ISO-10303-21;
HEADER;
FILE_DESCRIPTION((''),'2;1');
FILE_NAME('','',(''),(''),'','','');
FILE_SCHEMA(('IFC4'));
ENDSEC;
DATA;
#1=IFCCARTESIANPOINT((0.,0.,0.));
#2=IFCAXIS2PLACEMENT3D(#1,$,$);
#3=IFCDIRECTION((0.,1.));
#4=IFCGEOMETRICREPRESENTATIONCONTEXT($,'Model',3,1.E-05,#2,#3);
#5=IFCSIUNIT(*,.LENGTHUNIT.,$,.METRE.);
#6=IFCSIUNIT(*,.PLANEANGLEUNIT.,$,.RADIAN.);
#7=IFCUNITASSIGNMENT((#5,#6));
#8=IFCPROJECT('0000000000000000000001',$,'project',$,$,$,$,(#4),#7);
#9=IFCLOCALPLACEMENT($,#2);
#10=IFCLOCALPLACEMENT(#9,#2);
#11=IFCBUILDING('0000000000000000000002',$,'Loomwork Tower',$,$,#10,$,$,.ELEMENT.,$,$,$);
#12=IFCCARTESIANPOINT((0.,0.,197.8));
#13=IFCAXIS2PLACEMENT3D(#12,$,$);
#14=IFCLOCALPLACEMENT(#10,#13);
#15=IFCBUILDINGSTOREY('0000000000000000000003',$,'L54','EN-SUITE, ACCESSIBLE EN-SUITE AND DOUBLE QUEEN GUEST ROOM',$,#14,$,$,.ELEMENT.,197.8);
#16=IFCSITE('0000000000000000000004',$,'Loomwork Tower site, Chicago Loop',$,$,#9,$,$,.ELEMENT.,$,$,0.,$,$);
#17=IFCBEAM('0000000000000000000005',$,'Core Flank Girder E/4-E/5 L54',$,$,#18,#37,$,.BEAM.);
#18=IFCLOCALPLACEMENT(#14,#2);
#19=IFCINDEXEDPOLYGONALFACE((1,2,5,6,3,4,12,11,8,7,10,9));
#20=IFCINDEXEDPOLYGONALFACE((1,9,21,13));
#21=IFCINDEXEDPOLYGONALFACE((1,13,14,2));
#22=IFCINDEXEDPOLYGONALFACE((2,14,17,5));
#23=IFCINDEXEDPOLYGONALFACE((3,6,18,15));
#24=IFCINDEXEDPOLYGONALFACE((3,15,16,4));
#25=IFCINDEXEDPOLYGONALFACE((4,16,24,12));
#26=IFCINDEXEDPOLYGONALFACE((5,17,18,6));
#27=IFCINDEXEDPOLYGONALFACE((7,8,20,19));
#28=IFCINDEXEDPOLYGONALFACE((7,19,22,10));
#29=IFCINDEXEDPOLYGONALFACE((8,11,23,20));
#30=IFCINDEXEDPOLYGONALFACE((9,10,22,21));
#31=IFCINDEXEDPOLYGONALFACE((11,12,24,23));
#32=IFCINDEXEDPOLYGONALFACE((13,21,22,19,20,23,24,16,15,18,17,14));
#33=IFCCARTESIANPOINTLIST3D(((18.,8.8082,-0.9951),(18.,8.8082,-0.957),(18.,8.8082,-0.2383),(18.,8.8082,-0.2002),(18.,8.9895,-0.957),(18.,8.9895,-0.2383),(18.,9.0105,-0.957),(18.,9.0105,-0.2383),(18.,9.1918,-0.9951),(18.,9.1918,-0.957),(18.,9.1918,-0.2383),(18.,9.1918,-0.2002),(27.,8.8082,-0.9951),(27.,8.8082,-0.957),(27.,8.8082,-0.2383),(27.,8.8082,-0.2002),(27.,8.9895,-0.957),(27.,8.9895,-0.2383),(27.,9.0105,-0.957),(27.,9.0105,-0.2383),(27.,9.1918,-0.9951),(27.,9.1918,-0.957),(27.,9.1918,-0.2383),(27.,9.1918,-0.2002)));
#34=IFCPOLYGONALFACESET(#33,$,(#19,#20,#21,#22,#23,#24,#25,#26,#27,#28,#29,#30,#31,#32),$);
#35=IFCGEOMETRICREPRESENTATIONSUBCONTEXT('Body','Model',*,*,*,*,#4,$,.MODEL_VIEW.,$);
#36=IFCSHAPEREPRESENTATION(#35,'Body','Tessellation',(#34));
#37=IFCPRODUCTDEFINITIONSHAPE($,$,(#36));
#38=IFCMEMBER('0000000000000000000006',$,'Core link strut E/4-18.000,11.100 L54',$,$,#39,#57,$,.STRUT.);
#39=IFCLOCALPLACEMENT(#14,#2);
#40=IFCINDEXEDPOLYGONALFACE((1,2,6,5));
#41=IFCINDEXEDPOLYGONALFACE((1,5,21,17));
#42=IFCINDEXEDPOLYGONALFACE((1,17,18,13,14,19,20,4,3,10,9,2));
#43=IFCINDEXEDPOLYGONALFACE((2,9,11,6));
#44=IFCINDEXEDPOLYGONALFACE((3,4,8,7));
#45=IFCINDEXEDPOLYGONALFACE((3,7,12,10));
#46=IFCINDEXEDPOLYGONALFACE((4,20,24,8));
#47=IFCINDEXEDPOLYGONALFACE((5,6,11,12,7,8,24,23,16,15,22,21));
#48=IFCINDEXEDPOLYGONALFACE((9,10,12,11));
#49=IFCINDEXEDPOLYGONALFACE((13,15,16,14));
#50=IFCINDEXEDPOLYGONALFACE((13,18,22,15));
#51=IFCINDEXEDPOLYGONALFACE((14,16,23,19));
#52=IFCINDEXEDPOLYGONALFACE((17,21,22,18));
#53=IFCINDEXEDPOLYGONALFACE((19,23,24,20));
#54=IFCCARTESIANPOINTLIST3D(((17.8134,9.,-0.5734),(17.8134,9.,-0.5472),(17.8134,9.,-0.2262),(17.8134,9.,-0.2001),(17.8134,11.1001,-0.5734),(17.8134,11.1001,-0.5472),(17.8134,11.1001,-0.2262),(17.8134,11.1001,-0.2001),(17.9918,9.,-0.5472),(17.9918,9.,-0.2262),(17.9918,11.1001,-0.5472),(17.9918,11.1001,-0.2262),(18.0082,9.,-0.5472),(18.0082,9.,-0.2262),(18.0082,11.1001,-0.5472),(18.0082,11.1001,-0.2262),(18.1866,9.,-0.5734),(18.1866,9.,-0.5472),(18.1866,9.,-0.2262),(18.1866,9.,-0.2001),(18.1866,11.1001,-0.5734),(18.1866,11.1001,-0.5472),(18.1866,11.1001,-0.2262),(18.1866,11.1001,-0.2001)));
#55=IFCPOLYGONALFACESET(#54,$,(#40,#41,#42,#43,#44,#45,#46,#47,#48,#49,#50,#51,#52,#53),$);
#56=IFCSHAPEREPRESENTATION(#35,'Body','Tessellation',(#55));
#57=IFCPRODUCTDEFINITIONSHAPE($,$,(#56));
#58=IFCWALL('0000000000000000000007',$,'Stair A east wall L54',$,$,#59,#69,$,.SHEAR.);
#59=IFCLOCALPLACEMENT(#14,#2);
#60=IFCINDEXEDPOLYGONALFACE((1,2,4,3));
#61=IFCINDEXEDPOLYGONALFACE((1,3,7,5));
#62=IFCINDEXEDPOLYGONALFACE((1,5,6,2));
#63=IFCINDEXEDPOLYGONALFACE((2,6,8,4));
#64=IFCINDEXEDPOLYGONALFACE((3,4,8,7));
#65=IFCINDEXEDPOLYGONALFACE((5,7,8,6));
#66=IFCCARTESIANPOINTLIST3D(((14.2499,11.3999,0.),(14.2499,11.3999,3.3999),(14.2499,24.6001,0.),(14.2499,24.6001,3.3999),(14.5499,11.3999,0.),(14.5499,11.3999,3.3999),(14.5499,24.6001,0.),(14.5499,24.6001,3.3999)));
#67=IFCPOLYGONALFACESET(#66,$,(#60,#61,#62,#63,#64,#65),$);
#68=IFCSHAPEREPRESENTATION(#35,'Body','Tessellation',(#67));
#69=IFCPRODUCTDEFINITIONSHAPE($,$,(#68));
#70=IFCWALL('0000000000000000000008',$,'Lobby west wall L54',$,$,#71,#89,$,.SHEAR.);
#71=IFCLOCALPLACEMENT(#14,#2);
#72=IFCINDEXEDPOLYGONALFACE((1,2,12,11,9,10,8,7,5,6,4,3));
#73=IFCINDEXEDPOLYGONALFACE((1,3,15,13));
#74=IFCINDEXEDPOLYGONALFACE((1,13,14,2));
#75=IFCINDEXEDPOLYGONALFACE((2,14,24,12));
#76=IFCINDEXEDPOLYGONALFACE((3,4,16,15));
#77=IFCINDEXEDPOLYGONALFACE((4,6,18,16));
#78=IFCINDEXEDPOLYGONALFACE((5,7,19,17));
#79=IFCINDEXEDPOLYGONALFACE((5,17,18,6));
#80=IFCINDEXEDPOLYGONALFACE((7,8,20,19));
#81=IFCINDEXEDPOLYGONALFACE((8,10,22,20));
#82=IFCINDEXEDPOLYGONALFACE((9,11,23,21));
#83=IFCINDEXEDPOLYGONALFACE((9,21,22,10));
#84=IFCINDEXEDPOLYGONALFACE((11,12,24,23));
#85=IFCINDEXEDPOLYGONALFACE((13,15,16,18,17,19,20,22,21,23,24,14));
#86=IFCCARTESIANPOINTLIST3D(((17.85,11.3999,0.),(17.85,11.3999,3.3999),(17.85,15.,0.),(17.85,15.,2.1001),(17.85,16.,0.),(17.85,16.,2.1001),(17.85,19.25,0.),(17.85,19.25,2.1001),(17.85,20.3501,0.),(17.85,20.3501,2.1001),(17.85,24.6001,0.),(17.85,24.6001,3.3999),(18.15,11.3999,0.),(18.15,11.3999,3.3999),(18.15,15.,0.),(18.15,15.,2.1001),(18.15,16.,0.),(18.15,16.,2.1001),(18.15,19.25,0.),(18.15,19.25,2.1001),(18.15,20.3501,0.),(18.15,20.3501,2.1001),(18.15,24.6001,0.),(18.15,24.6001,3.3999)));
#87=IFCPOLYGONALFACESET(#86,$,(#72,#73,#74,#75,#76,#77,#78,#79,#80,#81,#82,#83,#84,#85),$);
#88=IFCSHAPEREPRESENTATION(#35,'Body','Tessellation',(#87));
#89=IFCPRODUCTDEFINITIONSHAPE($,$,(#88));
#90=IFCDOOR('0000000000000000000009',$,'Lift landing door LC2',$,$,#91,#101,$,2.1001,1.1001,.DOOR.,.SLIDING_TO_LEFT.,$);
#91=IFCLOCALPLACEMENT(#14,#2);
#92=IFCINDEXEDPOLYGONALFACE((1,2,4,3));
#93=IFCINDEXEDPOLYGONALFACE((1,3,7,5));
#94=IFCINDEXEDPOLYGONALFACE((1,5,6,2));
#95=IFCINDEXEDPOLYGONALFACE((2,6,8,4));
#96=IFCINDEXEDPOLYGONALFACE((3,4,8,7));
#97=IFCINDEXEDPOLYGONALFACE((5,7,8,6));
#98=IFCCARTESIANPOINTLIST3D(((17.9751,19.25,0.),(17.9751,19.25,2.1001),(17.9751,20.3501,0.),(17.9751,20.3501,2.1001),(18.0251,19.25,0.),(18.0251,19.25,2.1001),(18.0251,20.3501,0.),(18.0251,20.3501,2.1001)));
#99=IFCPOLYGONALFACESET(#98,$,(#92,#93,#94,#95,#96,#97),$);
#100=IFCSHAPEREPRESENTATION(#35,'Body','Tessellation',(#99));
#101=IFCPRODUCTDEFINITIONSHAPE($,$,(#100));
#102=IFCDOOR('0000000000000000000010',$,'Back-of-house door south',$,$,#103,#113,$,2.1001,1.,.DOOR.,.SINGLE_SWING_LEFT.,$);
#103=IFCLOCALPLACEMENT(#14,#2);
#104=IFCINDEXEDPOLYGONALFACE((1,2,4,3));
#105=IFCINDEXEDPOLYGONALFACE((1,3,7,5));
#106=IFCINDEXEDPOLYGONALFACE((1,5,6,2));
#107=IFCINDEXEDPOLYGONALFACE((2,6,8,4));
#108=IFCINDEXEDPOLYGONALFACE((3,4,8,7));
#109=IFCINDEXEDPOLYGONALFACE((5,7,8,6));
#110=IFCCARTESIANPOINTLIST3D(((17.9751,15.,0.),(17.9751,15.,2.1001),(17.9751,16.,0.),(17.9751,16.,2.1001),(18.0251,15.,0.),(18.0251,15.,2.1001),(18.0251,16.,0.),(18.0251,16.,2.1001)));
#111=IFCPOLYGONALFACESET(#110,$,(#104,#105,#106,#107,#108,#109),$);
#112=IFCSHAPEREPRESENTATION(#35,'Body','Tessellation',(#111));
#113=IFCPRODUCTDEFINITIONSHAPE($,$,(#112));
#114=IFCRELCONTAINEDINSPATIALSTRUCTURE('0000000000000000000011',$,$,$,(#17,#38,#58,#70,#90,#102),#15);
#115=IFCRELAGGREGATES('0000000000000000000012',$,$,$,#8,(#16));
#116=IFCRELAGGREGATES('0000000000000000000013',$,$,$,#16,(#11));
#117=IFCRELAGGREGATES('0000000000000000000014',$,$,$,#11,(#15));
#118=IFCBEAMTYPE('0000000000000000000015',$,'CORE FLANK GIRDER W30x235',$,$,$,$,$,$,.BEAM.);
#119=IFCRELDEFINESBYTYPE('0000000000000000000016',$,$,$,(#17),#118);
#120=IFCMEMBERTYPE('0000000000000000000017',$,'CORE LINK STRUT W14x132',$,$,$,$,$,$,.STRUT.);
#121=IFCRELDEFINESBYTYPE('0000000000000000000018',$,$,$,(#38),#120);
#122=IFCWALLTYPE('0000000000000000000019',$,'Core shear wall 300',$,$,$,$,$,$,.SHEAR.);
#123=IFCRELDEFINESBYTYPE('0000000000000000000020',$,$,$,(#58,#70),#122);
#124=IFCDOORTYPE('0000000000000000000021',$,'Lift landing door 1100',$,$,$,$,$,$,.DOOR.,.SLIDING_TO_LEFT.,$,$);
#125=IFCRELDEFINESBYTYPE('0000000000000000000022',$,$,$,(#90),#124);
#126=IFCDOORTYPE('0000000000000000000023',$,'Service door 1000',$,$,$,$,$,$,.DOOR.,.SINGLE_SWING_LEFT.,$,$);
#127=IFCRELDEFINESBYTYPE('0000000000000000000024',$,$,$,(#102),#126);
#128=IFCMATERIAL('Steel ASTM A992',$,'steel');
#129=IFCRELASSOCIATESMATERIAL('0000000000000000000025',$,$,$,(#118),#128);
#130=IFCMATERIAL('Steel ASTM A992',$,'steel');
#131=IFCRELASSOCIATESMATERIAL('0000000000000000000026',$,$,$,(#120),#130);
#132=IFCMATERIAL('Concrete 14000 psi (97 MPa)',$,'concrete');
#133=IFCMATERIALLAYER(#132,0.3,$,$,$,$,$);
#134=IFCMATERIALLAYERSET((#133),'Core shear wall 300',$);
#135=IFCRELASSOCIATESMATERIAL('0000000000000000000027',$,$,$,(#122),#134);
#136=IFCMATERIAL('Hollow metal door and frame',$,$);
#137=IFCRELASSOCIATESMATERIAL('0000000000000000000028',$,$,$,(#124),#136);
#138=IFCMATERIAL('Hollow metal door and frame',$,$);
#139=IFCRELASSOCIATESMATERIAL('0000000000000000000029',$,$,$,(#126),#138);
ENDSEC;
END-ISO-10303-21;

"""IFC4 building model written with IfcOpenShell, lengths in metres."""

from ifc_helpers import new_model, si_unit, direction, frame, frame_2d, origin, origin_2d, place, context, subcontext, project, spatial, rectangle, i_section, extrude, material, layer, layer_set, material_profile, profile_set, type_object, element, fill, save


model = new_model("IFC4")

# Units and contexts
model_context = context("Model", 3, precision=1e-05, world=origin(), true_north=direction((0.0, 1.0)))
body_context = subcontext(model_context, "Body", "Model", "MODEL_VIEW")
ifc_project = project(units=[si_unit("LENGTHUNIT", "METRE"), si_unit("PLANEANGLEUNIT", "RADIAN")], contexts=[model_context])

# Site, building, storey
site_placement = place(None, origin())
site = spatial("IfcSite", under=ifc_project, at=site_placement, Name="Loomwork Tower site, Chicago Loop", CompositionType="ELEMENT", RefElevation=0.0)
building_placement = place(site_placement, origin())
building = spatial("IfcBuilding", under=site, at=building_placement, Name="Loomwork Tower", CompositionType="ELEMENT")
storey_placement = place(building_placement, frame((0.0, 0.0, 197.8)))
storey = spatial("IfcBuildingStorey", under=building, at=storey_placement, Name="L54", Description="EN-SUITE, ACCESSIBLE EN-SUITE AND DOUBLE QUEEN GUEST ROOM", CompositionType="ELEMENT", Elevation=197.8)

# Beam
ifc_material_1 = material(Name="Steel ASTM A992", Category="steel")
ifc_material_profile_1 = material_profile(ifc_material_1, i_section(OverallWidth=0.3835, OverallDepth=0.7949, WebThickness=0.021, FlangeThickness=0.0381, at=origin_2d()), Name="W30x235")
ifc_profile_set_1 = profile_set([ifc_material_profile_1], Name="Steel ASTM A992")
beam_type = type_object("IfcBeamType", Name="CORE FLANK GIRDER W30x235", PredefinedType="BEAM", material=ifc_profile_set_1)
beam_placement = place(storey_placement, frame((18.0, 9.0, -0.5977), z_axis=(1.0, 0.0, 0.0), x_axis=(0.0, 1.0, 0.0)))
element("IfcBeam", 1, at=beam_placement, inside=storey, type_object=beam_type, Name="Core Flank Girder E/4-E/5 L54", PredefinedType="BEAM", context=body_context, shape_type="SweptSolid", body=[
    extrude(i_section(OverallWidth=0.3835, OverallDepth=0.7949, WebThickness=0.021, FlangeThickness=0.0381, at=origin_2d()), origin(), (0.0, 0.0, 1.0), 9.0),
])

# Member
ifc_material_2 = material(Name="Steel ASTM A992", Category="steel")
ifc_material_profile_2 = material_profile(ifc_material_2, i_section(OverallWidth=0.3733, OverallDepth=0.3733, WebThickness=0.0164, FlangeThickness=0.0261, at=origin_2d()), Name="W14x132")
ifc_profile_set_2 = profile_set([ifc_material_profile_2], Name="Steel ASTM A992")
member_type = type_object("IfcMemberType", Name="CORE LINK STRUT W14x132", PredefinedType="STRUT", material=ifc_profile_set_2)
member_placement = place(storey_placement, frame((18.0, 9.0, -0.3867), z_axis=(0.0, 1.0, 0.0), x_axis=(-1.0, 0.0, 0.0)))
element("IfcMember", 2, at=member_placement, inside=storey, type_object=member_type, Name="Core link strut E/4-18.000,11.100 L54", PredefinedType="STRUT", context=body_context, shape_type="SweptSolid", body=[
    extrude(i_section(OverallWidth=0.3733, OverallDepth=0.3733, WebThickness=0.0164, FlangeThickness=0.0261, at=origin_2d()), origin(), (0.0, 0.0, 1.0), 2.1001),
])

# Wall
ifc_material_3 = material(Name="Concrete 14000 psi (97 MPa)", Category="concrete")
ifc_layer_1 = layer(ifc_material_3, 0.3)
ifc_layer_set_1 = layer_set([ifc_layer_1], Name="Core shear wall 300")
wall_type_1 = type_object("IfcWallType", Name="Core shear wall 300", PredefinedType="SHEAR", material=ifc_layer_set_1)
wall_1_placement = place(storey_placement, frame((14.3999, 11.3999, 0.0), z_axis=(0.0, 0.0, 1.0), x_axis=(0.0, 1.0, 0.0)))
element("IfcWall", 3, at=wall_1_placement, inside=storey, type_object=wall_type_1, Name="Stair A east wall L54", PredefinedType="SHEAR", context=body_context, shape_type="SweptSolid", body=[
    extrude(rectangle(XDim=13.2002, YDim=0.3, at=frame_2d((6.6001, 0.0))), origin(), (0.0, 0.0, 1.0), 3.3999),
])

# Wall, openings, doors
wall_2_placement = place(storey_placement, frame((18.0, 11.3999, 0.0), z_axis=(0.0, 0.0, 1.0), x_axis=(0.0, 1.0, 0.0)))
wall_2 = element("IfcWall", 4, at=wall_2_placement, inside=storey, type_object=wall_type_1, Name="Lobby west wall L54", PredefinedType="SHEAR", context=body_context, shape_type="SweptSolid", body=[
    extrude(rectangle(XDim=13.2002, YDim=0.3, at=frame_2d((6.6001, 0.0))), origin(), (0.0, 0.0, 1.0), 3.3999),
])
opening_1_placement = place(wall_2_placement, frame((3.6001, 0.0, 0.0)))
opening_1 = element("IfcOpeningElement", 5, at=opening_1_placement, cuts=wall_2, PredefinedType="OPENING", context=body_context, shape_type="SweptSolid", body=[
    extrude(rectangle(XDim=1.0, YDim=2.1001, at=frame_2d((0.5, 1.05))), frame((0.0, 0.1599, 0.0), z_axis=(0.0, -1.0, 0.0), x_axis=(1.0, 0.0, 0.0)), (0.0, 0.0, 1.0), 0.3201),
])
opening_2_placement = place(wall_2_placement, frame((7.8501, 0.0, 0.0)))
opening_2 = element("IfcOpeningElement", 6, at=opening_2_placement, cuts=wall_2, PredefinedType="OPENING", context=body_context, shape_type="SweptSolid", body=[
    extrude(rectangle(XDim=1.1001, YDim=2.1001, at=frame_2d((0.55, 1.05))), frame((0.0, 0.1599, 0.0), z_axis=(0.0, -1.0, 0.0), x_axis=(1.0, 0.0, 0.0)), (0.0, 0.0, 1.0), 0.3201),
])
ifc_material_4 = material(Name="Hollow metal door and frame")
door_type_1 = type_object("IfcDoorType", Name="Lift landing door 1100", OperationType="SLIDING_TO_LEFT", PredefinedType="DOOR", material=ifc_material_4)
door_1_placement = place(opening_2_placement, origin())
door_1 = element("IfcDoor", 7, at=door_1_placement, inside=storey, type_object=door_type_1, Name="Lift landing door LC2", OperationType="SLIDING_TO_LEFT", OverallHeight=2.1001, OverallWidth=1.1001, PredefinedType="DOOR", context=body_context, shape_type="SweptSolid", body=[
    extrude(rectangle(XDim=1.1001, YDim=2.1001, at=frame_2d((0.55, 1.05))), frame((0.0, 0.0249, 0.0), z_axis=(0.0, -1.0, 0.0), x_axis=(1.0, 0.0, 0.0)), (0.0, 0.0, 1.0), 0.05),
])
fill(opening_2, door_1)
ifc_material_5 = material(Name="Hollow metal door and frame")
door_type_2 = type_object("IfcDoorType", Name="Service door 1000", OperationType="SINGLE_SWING_LEFT", PredefinedType="DOOR", material=ifc_material_5)
door_2_placement = place(opening_1_placement, origin())
door_2 = element("IfcDoor", 8, at=door_2_placement, inside=storey, type_object=door_type_2, Name="Back-of-house door south", OperationType="SINGLE_SWING_LEFT", OverallHeight=2.1001, OverallWidth=1.0, PredefinedType="DOOR", context=body_context, shape_type="SweptSolid", body=[
    extrude(rectangle(XDim=1.0, YDim=2.1001, at=frame_2d((0.5, 1.05))), frame((0.0, 0.0249, 0.0), z_axis=(0.0, -1.0, 0.0), x_axis=(1.0, 0.0, 0.0)), (0.0, 0.0, 1.0), 0.05),
])
fill(opening_1, door_2)

save(model, "model.ifc")
